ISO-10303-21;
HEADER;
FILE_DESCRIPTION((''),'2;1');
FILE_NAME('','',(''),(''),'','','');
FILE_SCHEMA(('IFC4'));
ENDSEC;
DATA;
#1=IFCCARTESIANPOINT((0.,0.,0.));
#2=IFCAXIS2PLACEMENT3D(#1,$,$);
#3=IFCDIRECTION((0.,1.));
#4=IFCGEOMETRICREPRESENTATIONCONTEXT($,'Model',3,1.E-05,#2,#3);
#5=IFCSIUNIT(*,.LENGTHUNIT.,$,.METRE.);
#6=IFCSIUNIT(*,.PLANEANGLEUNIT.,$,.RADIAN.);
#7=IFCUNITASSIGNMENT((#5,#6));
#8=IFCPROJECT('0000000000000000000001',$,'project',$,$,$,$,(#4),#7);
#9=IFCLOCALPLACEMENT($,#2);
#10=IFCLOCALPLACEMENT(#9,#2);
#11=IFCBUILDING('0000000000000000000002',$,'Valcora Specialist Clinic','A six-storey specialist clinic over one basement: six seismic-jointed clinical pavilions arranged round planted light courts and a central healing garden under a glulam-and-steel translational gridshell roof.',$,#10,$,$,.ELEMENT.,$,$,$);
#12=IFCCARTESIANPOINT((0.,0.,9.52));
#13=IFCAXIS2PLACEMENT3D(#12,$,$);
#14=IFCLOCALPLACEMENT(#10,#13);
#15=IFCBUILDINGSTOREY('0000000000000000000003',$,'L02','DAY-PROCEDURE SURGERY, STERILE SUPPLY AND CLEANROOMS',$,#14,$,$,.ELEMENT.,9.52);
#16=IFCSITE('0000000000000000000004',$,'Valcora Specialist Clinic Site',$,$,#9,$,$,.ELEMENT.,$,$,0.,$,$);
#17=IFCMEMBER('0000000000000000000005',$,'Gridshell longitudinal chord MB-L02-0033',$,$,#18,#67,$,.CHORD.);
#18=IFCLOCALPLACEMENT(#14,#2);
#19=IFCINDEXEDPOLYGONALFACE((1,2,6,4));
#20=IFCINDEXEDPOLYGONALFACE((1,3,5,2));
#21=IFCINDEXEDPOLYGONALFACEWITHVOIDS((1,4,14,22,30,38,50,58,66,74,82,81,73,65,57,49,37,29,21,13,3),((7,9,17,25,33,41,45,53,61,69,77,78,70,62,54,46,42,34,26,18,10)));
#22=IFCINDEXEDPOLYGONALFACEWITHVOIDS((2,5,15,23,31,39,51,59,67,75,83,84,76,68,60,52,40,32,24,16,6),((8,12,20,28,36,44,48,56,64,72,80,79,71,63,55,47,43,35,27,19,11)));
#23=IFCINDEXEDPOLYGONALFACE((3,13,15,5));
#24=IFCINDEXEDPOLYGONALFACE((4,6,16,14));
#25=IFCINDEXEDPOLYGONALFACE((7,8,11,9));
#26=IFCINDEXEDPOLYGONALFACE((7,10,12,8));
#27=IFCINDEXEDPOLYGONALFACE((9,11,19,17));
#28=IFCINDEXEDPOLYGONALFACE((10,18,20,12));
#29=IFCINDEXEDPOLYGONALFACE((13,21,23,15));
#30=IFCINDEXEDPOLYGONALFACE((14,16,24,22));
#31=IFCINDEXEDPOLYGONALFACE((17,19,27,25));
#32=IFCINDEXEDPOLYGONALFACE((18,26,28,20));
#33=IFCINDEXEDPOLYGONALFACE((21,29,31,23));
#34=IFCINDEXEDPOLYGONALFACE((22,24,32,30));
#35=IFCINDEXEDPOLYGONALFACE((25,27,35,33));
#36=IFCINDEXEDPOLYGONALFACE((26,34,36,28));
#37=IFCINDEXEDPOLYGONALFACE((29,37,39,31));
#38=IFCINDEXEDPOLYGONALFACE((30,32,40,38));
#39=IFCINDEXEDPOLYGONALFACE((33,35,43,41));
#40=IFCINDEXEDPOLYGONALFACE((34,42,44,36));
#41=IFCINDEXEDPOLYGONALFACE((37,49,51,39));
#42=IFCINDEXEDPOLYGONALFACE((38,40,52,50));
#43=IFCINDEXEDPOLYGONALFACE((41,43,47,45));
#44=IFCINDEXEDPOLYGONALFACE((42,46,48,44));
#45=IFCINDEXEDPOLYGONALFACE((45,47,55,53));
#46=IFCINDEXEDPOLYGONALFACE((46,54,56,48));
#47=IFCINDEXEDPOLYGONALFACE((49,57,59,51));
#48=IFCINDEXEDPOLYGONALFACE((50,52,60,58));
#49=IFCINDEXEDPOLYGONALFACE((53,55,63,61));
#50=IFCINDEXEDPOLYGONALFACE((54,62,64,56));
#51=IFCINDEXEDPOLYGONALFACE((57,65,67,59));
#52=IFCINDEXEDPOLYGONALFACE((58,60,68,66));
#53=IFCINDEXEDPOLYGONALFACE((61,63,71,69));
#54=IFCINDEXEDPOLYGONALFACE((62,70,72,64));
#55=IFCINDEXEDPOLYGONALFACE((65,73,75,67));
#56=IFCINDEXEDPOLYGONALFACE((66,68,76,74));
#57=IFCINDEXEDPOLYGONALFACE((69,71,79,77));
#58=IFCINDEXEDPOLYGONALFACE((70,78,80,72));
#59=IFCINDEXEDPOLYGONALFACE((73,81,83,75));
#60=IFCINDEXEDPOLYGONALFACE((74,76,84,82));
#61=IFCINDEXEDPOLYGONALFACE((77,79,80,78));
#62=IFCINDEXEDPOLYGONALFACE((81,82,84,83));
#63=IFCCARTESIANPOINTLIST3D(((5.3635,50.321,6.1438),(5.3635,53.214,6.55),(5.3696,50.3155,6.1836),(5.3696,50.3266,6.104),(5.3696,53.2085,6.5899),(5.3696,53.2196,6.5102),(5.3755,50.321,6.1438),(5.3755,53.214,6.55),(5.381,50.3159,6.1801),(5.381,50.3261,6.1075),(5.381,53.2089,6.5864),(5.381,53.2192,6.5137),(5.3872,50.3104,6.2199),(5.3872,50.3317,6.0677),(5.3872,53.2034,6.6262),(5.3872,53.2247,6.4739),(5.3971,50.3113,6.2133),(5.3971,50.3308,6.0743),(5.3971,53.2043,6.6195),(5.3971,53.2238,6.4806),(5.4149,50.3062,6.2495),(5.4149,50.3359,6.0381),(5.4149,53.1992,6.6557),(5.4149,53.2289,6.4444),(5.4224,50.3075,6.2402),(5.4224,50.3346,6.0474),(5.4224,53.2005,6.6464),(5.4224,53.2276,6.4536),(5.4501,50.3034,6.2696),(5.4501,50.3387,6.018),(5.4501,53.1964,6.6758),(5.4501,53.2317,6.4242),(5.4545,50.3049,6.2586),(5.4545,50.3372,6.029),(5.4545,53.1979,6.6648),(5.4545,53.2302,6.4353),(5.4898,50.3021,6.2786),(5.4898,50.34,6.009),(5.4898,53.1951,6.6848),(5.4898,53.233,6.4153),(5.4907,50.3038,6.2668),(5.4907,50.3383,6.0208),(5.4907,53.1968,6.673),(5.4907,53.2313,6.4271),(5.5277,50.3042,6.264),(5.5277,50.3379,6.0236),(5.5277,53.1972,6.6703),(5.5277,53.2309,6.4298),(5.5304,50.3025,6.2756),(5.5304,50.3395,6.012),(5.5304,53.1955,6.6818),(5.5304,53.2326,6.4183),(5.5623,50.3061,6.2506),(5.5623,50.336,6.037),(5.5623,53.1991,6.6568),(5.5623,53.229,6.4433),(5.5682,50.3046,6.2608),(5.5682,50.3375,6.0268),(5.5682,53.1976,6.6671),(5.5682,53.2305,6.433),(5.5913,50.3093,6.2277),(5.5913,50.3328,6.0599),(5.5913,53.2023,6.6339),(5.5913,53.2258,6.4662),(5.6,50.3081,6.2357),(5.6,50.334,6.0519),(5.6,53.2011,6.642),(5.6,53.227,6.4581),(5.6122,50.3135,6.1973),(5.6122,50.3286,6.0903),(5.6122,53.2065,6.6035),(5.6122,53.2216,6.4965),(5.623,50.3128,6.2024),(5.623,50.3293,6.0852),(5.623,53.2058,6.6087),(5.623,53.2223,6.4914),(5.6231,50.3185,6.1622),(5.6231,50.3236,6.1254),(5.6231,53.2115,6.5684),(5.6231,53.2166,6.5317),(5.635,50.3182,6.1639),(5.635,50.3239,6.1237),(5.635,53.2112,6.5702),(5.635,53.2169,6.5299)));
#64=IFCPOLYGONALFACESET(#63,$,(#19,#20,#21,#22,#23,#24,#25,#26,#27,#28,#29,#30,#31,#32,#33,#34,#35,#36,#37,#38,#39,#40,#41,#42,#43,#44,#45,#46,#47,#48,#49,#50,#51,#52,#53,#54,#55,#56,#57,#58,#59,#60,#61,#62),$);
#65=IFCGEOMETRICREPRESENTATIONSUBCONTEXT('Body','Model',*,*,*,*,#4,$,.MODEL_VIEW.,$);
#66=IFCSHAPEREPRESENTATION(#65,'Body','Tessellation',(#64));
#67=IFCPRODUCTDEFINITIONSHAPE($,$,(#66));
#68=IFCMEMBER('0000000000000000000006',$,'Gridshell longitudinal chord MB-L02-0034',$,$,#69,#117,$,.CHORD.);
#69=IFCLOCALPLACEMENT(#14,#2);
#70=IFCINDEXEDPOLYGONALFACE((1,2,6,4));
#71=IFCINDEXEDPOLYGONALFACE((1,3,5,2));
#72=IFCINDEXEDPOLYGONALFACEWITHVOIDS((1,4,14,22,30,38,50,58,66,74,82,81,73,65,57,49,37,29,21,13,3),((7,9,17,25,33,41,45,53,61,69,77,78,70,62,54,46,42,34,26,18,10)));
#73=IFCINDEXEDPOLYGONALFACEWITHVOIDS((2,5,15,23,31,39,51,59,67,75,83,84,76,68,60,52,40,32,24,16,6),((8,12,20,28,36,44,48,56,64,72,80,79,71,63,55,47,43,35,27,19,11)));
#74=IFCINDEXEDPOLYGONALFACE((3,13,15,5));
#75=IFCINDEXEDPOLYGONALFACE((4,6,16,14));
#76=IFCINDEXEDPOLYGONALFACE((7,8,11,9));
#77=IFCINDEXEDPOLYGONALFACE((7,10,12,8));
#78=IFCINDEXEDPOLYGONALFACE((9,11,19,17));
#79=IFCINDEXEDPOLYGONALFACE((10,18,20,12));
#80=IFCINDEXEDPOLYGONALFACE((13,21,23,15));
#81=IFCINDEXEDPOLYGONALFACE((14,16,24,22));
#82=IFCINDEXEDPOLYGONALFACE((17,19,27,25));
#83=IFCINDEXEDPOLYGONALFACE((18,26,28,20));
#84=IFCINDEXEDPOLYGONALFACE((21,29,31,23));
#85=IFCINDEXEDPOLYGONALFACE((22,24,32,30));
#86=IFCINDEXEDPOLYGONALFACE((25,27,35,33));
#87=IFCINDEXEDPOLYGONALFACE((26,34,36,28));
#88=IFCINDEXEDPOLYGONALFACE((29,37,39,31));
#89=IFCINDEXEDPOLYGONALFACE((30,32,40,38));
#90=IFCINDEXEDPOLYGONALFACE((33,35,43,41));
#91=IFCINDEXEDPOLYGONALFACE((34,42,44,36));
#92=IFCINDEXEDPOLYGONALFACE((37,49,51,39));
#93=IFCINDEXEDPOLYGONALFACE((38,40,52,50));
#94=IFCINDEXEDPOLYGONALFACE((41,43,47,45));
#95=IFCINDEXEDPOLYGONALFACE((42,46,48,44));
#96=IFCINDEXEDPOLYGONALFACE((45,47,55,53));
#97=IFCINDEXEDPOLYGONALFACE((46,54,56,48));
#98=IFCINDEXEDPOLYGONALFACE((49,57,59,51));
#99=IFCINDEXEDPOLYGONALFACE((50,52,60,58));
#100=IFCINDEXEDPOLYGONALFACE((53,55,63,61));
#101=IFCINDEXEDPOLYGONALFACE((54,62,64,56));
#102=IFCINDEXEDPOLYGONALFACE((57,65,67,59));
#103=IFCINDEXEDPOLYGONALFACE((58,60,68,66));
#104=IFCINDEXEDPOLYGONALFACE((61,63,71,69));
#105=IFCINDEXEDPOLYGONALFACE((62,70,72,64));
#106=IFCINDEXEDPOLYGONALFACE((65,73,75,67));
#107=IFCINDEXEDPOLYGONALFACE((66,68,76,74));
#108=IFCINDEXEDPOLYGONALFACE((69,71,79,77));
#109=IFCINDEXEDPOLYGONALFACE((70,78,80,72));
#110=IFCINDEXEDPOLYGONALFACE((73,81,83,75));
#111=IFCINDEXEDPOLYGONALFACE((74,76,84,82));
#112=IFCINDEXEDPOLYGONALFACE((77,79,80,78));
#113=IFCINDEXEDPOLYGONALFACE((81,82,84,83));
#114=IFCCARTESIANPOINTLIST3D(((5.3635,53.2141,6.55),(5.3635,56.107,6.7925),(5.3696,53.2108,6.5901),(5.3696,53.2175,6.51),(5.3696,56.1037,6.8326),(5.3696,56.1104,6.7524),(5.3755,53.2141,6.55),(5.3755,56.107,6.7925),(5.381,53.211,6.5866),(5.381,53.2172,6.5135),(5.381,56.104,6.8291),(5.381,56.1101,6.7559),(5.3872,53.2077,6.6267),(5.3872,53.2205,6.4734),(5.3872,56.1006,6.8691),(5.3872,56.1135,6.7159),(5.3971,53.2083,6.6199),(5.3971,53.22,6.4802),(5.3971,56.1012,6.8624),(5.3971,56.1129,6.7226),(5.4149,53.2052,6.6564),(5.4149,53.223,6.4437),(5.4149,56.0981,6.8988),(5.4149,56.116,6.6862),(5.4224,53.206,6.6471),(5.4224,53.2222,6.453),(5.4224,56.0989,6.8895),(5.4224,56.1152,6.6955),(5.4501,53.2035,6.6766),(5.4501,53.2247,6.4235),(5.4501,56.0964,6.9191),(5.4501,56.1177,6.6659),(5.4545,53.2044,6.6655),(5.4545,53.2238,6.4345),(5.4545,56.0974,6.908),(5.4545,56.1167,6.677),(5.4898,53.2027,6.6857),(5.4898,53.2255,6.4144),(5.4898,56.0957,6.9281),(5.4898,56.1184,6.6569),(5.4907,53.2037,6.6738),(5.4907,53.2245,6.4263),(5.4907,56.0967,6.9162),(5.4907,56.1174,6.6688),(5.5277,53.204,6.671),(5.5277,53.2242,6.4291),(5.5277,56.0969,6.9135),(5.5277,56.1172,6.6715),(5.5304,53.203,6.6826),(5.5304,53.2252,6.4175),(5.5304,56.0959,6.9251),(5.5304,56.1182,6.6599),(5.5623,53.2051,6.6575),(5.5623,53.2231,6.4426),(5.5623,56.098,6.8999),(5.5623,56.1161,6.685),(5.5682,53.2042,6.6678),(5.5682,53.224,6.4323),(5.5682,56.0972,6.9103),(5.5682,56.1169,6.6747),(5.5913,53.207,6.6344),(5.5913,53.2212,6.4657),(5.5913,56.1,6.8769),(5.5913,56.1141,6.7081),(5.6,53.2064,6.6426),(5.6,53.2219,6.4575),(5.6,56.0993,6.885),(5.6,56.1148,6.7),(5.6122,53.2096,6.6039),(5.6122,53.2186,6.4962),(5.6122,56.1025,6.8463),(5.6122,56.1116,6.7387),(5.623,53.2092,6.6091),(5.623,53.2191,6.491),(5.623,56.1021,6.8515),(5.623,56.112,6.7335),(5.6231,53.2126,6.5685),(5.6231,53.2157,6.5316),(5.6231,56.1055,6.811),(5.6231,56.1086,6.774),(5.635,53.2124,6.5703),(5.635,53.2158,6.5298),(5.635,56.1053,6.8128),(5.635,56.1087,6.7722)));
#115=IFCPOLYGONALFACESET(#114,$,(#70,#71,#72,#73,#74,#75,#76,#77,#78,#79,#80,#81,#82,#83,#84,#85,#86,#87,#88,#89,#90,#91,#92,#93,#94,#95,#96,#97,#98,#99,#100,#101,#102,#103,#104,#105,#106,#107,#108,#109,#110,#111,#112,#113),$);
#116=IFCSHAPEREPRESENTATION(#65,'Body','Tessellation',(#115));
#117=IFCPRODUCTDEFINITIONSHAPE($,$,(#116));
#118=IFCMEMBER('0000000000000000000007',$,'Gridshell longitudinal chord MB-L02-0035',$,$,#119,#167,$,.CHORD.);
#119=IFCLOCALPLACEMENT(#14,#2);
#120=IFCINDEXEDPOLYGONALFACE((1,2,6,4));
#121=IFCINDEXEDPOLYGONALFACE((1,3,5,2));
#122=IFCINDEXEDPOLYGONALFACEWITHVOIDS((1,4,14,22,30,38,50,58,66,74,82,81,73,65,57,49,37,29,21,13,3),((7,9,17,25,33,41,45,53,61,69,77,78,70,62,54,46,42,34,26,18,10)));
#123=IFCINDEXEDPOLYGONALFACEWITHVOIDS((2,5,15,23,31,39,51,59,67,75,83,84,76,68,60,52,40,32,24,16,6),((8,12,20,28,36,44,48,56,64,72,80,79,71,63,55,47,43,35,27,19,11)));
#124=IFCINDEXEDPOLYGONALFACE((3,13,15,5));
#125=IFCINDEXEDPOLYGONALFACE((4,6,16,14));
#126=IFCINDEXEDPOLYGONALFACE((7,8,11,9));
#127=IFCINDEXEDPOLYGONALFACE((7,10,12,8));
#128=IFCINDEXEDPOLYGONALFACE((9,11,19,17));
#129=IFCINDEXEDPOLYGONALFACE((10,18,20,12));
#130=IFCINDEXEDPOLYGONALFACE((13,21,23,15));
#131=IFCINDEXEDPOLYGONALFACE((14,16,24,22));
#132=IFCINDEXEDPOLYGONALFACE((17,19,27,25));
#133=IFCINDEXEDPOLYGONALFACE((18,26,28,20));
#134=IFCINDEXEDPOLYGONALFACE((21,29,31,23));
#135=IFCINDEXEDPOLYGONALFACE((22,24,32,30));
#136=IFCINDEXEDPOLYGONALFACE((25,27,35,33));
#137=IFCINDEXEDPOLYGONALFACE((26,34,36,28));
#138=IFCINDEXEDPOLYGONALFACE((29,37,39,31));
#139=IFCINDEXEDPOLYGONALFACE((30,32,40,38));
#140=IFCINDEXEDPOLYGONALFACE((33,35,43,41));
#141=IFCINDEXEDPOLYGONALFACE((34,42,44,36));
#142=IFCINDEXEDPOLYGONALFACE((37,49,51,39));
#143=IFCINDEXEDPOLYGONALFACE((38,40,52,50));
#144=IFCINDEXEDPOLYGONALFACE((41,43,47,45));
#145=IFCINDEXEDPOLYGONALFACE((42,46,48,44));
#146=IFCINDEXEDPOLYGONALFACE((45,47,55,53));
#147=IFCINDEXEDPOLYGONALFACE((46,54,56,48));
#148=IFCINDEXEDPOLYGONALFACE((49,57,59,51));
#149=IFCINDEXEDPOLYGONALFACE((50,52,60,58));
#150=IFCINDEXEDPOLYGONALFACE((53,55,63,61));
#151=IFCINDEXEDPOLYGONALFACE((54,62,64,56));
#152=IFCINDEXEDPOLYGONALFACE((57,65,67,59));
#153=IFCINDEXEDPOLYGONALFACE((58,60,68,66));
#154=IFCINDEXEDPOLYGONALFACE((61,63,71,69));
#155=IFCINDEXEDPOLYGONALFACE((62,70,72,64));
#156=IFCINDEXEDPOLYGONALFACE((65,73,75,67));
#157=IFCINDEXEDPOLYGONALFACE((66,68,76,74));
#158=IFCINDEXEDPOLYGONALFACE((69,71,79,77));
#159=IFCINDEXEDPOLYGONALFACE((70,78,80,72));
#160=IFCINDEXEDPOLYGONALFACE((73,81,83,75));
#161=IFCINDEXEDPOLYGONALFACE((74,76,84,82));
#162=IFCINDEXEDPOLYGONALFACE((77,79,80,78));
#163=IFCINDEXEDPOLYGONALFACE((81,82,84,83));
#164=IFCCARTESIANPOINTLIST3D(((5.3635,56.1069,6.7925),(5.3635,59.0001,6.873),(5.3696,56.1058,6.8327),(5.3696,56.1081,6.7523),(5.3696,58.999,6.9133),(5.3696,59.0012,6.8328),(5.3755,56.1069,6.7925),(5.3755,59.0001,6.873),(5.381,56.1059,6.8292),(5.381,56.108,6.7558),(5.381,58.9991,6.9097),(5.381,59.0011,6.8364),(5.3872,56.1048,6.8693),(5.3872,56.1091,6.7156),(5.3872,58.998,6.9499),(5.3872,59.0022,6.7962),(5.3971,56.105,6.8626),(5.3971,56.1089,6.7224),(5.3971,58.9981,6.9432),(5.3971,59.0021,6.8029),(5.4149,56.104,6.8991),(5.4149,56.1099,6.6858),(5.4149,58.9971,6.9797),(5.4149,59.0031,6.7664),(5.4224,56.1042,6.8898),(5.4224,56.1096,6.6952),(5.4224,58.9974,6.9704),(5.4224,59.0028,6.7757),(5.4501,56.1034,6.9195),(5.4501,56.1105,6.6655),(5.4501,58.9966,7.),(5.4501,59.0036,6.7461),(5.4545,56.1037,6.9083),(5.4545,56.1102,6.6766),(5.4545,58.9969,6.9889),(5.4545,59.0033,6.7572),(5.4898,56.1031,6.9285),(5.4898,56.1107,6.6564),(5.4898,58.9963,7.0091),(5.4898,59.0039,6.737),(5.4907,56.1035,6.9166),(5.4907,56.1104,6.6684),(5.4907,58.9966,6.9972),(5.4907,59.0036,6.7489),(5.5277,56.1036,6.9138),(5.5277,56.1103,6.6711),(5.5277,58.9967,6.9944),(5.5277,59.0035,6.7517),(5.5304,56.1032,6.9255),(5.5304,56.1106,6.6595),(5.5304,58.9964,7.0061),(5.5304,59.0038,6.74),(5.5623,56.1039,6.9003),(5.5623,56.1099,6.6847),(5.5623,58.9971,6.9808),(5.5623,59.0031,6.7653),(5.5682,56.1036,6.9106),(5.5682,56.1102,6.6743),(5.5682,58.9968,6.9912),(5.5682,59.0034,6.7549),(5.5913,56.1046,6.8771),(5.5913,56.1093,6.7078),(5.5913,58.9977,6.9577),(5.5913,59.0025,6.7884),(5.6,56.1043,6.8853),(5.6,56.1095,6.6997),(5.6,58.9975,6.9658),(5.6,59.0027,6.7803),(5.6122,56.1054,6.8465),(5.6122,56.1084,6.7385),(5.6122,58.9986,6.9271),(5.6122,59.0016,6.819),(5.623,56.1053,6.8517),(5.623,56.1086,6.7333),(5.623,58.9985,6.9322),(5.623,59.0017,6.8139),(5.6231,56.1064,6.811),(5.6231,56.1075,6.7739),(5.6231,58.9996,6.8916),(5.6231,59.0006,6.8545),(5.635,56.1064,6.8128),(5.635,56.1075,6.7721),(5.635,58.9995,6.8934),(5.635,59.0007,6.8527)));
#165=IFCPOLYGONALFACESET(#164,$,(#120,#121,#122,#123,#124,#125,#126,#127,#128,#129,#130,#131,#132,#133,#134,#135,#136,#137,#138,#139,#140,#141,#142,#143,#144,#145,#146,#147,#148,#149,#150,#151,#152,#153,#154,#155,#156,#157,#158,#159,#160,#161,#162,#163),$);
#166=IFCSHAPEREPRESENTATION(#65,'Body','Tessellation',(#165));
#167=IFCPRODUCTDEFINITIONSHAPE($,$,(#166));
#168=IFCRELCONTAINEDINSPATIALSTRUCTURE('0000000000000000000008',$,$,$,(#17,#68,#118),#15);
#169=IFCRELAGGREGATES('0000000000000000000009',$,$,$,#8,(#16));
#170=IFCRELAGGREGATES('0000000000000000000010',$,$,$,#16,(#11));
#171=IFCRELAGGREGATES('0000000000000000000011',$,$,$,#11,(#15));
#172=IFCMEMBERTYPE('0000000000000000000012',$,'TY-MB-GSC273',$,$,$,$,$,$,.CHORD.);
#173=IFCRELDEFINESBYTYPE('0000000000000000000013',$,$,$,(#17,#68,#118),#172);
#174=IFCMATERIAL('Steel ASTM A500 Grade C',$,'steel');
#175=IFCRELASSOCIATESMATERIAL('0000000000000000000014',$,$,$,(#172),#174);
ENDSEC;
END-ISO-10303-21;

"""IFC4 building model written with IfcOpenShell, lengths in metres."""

from ifc_helpers import new_model, si_unit, direction, frame, origin, origin_2d, place, context, subcontext, project, spatial, hollow_circle, extrude, material, material_profile, profile_set, type_object, element, save


model = new_model("IFC4")

# Units and contexts
model_context = context("Model", 3, precision=1e-05, world=origin(), true_north=direction((0.0, 1.0)))
body_context = subcontext(model_context, "Body", "Model", "MODEL_VIEW")
ifc_project = project(units=[si_unit("LENGTHUNIT", "METRE"), si_unit("PLANEANGLEUNIT", "RADIAN")], contexts=[model_context])

# Site, building, storey
site_placement = place(None, origin())
site = spatial("IfcSite", under=ifc_project, at=site_placement, Name="Valcora Specialist Clinic Site", CompositionType="ELEMENT", RefElevation=0.0)
building_placement = place(site_placement, origin())
building = spatial("IfcBuilding", under=site, at=building_placement, Name="Valcora Specialist Clinic", Description="A six-storey specialist clinic over one basement: six seismic-jointed clinical pavilions arranged round planted light courts and a central healing garden under a glulam-and-steel translational gridshell roof.", CompositionType="ELEMENT")
storey_placement = place(building_placement, frame((0.0, 0.0, 9.52)))
storey = spatial("IfcBuildingStorey", under=building, at=storey_placement, Name="L02", Description="DAY-PROCEDURE SURGERY, STERILE SUPPLY AND CLEANROOMS", CompositionType="ELEMENT", Elevation=9.52)

# Members
ifc_material_1 = material(Name="Steel ASTM A500 Grade C", Category="steel")
ifc_material_profile_1 = material_profile(ifc_material_1, hollow_circle(Radius=0.1365, WallThickness=0.012, at=origin_2d()), Name="ST-CHS-273X12")
ifc_profile_set_1 = profile_set([ifc_material_profile_1], Name="Steel ASTM A500 Grade C")
member_type_1 = type_object("IfcMemberType", Name="TY-MB-GSC273", PredefinedType="CHORD", material=ifc_profile_set_1)
member_1_placement = place(storey_placement, frame((5.5, 50.321, 6.1438), z_axis=(0.0, 0.990284, 0.139058), x_axis=(-1.0, 0.0, 0.0)))
element("IfcMember", 1, at=member_1_placement, inside=storey, type_object=member_type_1, Name="Gridshell longitudinal chord MB-L02-0033", PredefinedType="CHORD", context=body_context, shape_type="SweptSolid", body=[
    extrude(hollow_circle(Radius=0.1365, WallThickness=0.012, at=origin_2d()), origin(), (0.0, 0.0, 1.0), 2.9214),
])
member_2_placement = place(storey_placement, frame((5.5, 53.2141, 6.55), z_axis=(0.0, 0.996507, 0.083512), x_axis=(-1.0, 0.0, 0.0)))
element("IfcMember", 2, at=member_2_placement, inside=storey, type_object=member_type_1, Name="Gridshell longitudinal chord MB-L02-0034", PredefinedType="CHORD", context=body_context, shape_type="SweptSolid", body=[
    extrude(hollow_circle(Radius=0.1365, WallThickness=0.012, at=origin_2d()), origin(), (0.0, 0.0, 1.0), 2.9031),
])
member_3_placement = place(storey_placement, frame((5.5, 56.1069, 6.7925), z_axis=(0.0, 0.999612, 0.027837), x_axis=(-1.0, 0.0, 0.0)))
element("IfcMember", 3, at=member_3_placement, inside=storey, type_object=member_type_1, Name="Gridshell longitudinal chord MB-L02-0035", PredefinedType="CHORD", context=body_context, shape_type="SweptSolid", body=[
    extrude(hollow_circle(Radius=0.1365, WallThickness=0.012, at=origin_2d()), origin(), (0.0, 0.0, 1.0), 2.8943),
])

save(model, "model.ifc")
